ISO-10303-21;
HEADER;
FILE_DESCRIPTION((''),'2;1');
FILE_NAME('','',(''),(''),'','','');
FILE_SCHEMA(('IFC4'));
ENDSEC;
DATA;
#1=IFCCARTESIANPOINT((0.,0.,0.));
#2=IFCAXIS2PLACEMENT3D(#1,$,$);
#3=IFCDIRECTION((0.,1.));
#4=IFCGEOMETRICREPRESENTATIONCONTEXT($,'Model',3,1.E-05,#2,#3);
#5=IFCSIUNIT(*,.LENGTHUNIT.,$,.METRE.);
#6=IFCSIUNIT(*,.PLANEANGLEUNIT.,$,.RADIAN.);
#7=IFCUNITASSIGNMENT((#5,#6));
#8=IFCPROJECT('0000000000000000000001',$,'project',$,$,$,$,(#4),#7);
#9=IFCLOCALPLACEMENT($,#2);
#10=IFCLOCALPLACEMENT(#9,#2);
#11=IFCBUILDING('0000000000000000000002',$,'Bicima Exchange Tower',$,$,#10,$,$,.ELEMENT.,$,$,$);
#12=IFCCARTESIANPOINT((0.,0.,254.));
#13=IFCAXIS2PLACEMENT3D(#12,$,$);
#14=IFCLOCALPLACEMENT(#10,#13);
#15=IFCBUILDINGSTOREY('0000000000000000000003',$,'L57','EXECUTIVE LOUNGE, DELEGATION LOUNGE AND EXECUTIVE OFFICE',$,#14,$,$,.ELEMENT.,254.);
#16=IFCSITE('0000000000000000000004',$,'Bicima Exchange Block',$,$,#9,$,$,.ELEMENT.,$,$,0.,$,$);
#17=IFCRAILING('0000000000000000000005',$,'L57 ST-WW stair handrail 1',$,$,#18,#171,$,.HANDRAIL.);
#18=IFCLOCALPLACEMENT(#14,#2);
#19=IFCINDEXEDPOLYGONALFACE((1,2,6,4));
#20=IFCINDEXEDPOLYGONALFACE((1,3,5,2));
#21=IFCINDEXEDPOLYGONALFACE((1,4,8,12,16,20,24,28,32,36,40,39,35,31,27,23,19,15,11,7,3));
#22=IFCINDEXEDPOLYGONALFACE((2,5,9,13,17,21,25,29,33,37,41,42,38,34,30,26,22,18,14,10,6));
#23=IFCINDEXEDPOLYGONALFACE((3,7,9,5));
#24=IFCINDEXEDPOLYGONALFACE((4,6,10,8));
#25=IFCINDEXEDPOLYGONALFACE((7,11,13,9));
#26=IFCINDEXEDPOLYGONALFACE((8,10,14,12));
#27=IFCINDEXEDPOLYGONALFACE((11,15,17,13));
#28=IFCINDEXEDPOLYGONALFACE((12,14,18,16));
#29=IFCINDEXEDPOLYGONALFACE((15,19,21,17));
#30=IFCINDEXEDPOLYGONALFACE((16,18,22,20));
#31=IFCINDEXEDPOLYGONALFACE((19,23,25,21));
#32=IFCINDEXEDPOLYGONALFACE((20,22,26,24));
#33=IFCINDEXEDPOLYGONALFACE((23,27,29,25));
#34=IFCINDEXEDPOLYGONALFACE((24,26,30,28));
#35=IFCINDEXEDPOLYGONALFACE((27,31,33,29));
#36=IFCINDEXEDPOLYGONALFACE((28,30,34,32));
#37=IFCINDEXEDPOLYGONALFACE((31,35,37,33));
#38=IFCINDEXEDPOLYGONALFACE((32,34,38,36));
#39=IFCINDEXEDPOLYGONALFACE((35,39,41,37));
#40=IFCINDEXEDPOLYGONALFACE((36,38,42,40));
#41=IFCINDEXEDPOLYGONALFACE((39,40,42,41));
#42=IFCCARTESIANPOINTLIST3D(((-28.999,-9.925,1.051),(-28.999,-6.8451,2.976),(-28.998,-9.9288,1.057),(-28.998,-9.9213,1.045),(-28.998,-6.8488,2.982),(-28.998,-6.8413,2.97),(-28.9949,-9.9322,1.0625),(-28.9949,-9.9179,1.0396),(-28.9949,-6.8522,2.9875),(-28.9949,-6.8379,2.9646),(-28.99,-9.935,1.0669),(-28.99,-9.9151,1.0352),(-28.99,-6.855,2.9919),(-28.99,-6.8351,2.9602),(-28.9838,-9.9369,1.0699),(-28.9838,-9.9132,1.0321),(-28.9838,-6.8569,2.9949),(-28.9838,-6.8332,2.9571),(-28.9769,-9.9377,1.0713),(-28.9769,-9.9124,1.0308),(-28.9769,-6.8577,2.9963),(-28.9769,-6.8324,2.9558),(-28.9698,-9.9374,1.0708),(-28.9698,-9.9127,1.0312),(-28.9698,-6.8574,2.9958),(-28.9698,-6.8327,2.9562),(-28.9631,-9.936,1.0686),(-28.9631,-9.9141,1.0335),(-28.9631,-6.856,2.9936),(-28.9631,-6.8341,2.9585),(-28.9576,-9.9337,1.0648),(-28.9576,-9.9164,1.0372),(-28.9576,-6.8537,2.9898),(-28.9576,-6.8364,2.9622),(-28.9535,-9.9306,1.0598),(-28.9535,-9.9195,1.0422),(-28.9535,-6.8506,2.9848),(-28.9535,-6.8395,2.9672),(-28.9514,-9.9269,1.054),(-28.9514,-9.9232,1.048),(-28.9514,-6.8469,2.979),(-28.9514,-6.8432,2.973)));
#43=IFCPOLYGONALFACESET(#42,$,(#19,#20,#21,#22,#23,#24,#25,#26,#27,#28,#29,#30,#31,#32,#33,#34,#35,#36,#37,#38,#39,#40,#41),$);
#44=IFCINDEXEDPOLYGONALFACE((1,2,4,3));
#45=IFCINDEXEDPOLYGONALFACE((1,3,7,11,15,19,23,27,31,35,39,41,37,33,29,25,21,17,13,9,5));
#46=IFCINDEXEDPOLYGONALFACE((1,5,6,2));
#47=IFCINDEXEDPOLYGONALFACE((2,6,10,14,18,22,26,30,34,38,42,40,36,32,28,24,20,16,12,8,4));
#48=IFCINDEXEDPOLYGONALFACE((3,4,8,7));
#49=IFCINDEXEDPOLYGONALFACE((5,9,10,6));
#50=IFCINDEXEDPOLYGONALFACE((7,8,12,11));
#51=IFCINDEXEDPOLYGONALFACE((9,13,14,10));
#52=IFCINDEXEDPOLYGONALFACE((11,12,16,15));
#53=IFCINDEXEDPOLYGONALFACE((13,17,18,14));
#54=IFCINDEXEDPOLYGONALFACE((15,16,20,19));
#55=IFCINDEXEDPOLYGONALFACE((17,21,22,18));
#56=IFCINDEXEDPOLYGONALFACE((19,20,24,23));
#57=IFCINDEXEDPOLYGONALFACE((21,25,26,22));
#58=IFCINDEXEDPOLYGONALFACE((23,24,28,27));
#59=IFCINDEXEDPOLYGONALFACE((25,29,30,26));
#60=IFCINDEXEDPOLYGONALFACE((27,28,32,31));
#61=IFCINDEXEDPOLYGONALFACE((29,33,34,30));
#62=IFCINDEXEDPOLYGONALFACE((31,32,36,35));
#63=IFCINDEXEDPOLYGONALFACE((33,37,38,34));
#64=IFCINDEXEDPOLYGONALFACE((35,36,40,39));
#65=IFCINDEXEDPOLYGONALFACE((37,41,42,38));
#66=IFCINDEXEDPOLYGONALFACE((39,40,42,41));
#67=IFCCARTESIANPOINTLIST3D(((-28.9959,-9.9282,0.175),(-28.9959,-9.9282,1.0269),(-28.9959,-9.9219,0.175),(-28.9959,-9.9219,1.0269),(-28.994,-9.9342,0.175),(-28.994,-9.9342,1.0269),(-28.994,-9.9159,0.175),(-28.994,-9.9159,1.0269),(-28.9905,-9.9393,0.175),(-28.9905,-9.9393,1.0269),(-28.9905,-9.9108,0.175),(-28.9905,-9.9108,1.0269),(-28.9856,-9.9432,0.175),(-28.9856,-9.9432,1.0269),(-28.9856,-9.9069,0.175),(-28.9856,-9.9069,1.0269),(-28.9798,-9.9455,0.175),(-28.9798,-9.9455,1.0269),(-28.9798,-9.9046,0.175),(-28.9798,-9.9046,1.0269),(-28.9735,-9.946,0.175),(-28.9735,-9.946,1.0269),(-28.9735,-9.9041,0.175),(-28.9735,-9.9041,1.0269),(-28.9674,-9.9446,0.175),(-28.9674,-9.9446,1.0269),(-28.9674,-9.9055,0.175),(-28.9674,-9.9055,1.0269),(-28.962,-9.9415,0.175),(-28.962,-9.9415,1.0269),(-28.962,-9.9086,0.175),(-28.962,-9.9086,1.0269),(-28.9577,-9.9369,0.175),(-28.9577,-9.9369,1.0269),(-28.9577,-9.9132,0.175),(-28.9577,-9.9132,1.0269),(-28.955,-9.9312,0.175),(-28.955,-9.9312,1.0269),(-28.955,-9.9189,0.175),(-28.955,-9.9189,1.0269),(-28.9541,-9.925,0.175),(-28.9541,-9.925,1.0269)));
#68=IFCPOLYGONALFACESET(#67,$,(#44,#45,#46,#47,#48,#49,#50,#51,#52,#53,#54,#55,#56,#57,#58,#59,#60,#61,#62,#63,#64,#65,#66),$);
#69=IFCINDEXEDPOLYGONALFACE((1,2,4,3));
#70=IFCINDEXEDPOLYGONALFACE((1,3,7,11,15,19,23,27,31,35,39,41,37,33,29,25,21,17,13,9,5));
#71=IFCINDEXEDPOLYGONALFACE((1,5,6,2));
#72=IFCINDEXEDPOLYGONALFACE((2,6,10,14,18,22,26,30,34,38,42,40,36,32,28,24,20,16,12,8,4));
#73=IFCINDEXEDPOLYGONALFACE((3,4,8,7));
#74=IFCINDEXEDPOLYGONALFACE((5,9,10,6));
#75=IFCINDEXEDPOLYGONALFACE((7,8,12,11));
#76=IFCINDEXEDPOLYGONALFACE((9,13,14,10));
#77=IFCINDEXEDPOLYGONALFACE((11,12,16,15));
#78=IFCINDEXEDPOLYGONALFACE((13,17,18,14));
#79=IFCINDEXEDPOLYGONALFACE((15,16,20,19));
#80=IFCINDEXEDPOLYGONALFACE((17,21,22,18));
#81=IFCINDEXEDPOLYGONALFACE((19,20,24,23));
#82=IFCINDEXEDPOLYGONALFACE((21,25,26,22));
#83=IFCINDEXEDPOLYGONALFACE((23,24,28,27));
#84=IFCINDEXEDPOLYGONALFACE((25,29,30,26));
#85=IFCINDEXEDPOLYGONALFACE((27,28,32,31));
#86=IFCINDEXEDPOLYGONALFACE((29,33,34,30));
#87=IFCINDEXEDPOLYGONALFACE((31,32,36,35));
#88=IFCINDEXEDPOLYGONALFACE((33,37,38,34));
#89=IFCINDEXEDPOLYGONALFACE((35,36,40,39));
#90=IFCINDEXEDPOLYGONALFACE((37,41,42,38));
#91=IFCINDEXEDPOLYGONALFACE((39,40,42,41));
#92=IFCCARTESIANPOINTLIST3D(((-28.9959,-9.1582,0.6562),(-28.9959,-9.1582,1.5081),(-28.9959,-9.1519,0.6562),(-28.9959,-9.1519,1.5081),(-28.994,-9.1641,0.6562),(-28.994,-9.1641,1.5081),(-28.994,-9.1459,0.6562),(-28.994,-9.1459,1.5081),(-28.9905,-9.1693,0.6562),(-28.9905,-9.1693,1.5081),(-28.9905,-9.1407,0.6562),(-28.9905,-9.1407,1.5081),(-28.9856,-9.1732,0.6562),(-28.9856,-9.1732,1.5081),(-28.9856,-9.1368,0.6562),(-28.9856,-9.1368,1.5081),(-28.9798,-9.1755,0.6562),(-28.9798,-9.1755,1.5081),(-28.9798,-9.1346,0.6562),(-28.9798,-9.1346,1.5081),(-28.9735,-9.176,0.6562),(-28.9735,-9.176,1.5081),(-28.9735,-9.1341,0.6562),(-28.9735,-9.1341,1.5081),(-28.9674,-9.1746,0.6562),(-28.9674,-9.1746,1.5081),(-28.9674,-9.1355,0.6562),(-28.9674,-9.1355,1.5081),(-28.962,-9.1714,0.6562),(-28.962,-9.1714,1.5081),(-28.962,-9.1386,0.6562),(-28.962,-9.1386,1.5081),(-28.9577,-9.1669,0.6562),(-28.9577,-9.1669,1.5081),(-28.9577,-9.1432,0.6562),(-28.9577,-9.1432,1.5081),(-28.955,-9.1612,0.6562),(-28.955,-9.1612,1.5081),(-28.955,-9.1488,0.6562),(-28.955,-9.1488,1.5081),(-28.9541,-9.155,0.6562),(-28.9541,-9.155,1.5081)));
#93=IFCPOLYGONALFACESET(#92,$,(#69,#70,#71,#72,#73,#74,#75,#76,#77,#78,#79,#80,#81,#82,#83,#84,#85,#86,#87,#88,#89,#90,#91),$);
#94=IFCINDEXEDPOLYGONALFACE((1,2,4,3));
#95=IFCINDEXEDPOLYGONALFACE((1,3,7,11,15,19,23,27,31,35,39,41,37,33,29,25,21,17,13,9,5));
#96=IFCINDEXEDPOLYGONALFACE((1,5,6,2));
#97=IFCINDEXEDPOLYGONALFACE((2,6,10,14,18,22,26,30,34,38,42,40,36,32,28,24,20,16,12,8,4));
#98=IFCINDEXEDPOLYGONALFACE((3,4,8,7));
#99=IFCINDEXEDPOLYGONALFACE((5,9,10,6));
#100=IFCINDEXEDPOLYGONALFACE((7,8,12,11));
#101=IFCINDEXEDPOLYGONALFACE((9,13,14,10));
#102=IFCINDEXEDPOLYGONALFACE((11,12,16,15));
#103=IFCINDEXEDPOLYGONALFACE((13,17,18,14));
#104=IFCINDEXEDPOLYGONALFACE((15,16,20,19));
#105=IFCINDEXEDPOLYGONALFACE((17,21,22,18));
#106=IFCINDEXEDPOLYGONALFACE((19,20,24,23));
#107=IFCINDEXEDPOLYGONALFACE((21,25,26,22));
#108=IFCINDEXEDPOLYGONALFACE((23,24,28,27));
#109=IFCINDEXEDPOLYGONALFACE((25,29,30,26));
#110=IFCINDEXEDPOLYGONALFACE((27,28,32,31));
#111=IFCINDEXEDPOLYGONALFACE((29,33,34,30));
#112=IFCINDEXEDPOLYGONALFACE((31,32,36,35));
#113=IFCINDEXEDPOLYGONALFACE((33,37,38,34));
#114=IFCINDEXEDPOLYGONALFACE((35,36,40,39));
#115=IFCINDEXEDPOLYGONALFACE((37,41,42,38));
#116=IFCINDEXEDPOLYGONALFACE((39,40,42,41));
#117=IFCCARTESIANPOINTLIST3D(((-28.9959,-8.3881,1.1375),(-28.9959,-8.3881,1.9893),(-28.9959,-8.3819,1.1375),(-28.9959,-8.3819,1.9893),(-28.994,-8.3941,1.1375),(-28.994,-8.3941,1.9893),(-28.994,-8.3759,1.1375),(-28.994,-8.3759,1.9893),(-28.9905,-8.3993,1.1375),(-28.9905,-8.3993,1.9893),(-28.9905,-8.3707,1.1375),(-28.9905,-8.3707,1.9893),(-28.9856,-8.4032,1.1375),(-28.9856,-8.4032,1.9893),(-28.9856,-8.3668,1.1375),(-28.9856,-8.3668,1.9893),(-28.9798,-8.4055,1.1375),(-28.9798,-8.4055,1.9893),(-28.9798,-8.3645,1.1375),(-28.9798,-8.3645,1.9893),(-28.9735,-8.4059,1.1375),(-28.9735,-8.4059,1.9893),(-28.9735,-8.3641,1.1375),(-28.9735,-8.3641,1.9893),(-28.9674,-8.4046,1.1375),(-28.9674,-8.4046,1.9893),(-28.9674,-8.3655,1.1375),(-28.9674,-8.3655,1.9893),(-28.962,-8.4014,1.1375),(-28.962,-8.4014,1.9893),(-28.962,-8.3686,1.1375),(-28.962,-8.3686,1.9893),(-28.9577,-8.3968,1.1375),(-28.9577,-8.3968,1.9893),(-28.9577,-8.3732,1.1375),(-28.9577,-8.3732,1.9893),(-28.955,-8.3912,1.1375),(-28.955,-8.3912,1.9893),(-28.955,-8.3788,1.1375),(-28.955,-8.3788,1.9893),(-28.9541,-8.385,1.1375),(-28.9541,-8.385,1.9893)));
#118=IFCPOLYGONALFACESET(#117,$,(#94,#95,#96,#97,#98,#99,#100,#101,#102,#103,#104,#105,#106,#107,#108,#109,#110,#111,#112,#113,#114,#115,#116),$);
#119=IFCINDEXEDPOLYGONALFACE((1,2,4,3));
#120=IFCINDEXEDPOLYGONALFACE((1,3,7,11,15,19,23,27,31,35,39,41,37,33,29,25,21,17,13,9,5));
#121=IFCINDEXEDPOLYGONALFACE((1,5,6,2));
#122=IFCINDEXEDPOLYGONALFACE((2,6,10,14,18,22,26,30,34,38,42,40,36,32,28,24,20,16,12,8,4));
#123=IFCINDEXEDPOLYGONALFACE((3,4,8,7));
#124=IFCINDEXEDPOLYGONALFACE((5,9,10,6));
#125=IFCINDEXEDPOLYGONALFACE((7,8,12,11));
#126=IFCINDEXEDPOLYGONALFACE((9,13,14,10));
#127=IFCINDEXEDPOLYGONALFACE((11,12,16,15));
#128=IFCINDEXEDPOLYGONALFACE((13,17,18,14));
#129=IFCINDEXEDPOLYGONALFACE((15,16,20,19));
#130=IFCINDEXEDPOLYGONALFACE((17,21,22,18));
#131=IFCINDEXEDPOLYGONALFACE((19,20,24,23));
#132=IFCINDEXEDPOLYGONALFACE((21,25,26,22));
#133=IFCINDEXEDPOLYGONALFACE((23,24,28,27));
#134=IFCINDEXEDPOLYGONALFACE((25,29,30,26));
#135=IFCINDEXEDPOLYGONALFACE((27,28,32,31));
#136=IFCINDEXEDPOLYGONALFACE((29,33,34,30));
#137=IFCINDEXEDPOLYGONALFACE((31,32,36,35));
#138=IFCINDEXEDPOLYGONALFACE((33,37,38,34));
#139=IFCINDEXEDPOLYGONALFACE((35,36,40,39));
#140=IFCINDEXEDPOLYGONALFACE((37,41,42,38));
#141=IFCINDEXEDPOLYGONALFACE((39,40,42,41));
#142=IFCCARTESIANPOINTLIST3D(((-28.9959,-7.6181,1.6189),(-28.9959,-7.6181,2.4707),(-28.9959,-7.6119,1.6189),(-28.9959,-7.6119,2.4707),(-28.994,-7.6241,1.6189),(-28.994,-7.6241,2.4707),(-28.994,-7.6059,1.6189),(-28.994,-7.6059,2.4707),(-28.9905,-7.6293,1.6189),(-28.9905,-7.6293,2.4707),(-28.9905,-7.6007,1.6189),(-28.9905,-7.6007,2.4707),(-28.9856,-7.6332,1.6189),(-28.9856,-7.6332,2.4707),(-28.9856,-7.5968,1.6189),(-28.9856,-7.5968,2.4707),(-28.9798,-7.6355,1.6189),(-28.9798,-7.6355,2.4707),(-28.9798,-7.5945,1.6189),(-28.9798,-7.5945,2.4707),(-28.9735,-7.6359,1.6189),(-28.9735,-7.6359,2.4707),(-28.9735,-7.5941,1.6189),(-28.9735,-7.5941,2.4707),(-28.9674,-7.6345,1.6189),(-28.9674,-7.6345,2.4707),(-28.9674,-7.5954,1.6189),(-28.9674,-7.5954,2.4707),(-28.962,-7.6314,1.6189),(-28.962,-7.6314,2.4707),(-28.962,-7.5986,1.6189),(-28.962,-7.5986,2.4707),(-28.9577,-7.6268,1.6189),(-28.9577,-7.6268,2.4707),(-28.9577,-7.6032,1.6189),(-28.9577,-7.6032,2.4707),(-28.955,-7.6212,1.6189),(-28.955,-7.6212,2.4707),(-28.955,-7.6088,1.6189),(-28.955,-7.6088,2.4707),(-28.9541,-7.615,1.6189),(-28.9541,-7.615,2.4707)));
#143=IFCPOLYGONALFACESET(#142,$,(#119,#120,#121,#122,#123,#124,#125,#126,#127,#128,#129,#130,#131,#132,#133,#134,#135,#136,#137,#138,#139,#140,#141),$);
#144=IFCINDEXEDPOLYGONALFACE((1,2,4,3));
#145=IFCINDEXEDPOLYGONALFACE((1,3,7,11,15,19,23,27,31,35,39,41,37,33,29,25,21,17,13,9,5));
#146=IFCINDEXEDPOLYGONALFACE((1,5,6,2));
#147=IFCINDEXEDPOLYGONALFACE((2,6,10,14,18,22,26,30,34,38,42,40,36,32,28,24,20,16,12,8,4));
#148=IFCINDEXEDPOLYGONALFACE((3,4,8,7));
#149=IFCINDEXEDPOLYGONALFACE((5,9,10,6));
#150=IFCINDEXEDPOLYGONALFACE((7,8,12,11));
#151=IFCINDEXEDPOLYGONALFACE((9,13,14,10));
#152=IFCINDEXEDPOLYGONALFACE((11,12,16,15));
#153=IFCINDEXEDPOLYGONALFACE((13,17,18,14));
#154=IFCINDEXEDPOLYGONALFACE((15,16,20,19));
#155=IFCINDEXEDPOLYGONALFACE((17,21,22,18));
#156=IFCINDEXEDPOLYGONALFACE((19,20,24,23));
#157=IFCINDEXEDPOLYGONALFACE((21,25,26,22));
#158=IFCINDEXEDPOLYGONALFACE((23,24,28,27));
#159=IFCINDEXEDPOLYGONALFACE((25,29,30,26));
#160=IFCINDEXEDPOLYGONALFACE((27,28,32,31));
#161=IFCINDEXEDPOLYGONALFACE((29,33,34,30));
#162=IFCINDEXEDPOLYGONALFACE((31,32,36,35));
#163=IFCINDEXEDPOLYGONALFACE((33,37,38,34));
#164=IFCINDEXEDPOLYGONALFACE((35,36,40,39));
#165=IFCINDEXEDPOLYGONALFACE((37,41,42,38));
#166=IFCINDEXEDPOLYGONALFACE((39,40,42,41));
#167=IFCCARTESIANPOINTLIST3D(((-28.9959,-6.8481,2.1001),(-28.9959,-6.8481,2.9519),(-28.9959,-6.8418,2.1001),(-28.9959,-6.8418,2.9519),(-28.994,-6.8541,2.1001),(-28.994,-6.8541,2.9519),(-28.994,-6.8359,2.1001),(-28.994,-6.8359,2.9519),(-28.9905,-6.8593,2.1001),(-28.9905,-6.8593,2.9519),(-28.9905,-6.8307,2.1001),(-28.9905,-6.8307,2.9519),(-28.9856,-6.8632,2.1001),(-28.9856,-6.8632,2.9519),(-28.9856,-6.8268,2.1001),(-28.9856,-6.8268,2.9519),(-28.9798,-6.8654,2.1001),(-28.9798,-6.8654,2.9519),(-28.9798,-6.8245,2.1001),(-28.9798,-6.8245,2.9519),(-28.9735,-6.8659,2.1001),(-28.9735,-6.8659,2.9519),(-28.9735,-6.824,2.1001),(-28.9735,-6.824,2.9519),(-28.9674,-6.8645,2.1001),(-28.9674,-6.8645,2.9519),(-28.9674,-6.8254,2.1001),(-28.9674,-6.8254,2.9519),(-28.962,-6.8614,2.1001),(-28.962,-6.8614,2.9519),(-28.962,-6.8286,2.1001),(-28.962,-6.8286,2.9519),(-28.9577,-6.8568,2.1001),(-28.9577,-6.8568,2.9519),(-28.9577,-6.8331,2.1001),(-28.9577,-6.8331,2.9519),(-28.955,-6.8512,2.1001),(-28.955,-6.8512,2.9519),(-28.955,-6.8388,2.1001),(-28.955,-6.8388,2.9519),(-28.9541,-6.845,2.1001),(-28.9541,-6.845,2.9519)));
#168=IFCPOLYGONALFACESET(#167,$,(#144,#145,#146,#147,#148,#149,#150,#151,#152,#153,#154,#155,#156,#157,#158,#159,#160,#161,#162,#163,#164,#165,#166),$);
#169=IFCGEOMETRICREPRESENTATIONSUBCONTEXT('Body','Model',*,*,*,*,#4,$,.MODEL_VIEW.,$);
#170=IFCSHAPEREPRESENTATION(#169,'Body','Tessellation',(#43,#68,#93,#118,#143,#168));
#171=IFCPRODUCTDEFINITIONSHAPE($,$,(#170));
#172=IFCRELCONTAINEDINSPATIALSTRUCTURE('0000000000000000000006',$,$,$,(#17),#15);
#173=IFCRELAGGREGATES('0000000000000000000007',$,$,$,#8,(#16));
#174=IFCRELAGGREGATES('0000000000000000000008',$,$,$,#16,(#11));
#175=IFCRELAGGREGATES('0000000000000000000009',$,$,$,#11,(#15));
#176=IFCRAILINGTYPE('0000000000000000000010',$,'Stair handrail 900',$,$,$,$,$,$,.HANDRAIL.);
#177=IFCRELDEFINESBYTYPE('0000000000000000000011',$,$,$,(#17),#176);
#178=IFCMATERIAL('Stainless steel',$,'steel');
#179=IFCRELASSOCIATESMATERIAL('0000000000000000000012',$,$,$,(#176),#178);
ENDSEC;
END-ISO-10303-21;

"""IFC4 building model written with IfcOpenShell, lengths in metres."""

from ifc_helpers import new_model, si_unit, direction, frame, origin, origin_2d, place, context, subcontext, project, spatial, circle, extrude, material, type_object, element, save


model = new_model("IFC4")

# Units and contexts
model_context = context("Model", 3, precision=1e-05, world=origin(), true_north=direction((0.0, 1.0)))
body_context = subcontext(model_context, "Body", "Model", "MODEL_VIEW")
ifc_project = project(units=[si_unit("LENGTHUNIT", "METRE"), si_unit("PLANEANGLEUNIT", "RADIAN")], contexts=[model_context])

# Site, building, storey
site_placement = place(None, origin())
site = spatial("IfcSite", under=ifc_project, at=site_placement, Name="Bicima Exchange Block", CompositionType="ELEMENT", RefElevation=0.0)
building_placement = place(site_placement, origin())
building = spatial("IfcBuilding", under=site, at=building_placement, Name="Bicima Exchange Tower", CompositionType="ELEMENT")
storey_placement = place(building_placement, frame((0.0, 0.0, 254.0)))
storey = spatial("IfcBuildingStorey", under=building, at=storey_placement, Name="L57", Description="EXECUTIVE LOUNGE, DELEGATION LOUNGE AND EXECUTIVE OFFICE", CompositionType="ELEMENT", Elevation=254.0)

# Railing
ifc_material_1 = material(Name="Stainless steel", Category="steel")
railing_type_1 = type_object("IfcRailingType", Name="Stair handrail 900", PredefinedType="HANDRAIL", material=ifc_material_1)
railing_1_placement = place(storey_placement, frame((-28.9751, -9.925, 0.175)))
element("IfcRailing", 1, at=railing_1_placement, inside=storey, type_object=railing_type_1, Name="L57 ST-WW stair handrail 1", PredefinedType="HANDRAIL", context=body_context, shape_type="SweptSolid", body=[
    extrude(circle(Radius=0.0239, at=origin_2d()), frame((0.0, 0.0, 0.876), z_axis=(0.0, 0.847998, 0.529999), x_axis=(-1.0, 0.0, 0.0)), (0.0, 0.0, 1.0), 3.6321),
    extrude(circle(Radius=0.021, at=origin_2d()), origin(), (0.0, 0.0, 1.0), 0.8518),
    extrude(circle(Radius=0.021, at=origin_2d()), frame((0.0, 0.77, 0.4812)), (0.0, 0.0, 1.0), 0.8518),
    extrude(circle(Radius=0.021, at=origin_2d()), frame((0.0, 1.54, 0.9624)), (0.0, 0.0, 1.0), 0.8518),
    extrude(circle(Radius=0.021, at=origin_2d()), frame((0.0, 2.3101, 1.4438)), (0.0, 0.0, 1.0), 0.8518),
    extrude(circle(Radius=0.021, at=origin_2d()), frame((0.0, 3.0801, 1.925)), (0.0, 0.0, 1.0), 0.8518),
])

save(model, "model.ifc")
